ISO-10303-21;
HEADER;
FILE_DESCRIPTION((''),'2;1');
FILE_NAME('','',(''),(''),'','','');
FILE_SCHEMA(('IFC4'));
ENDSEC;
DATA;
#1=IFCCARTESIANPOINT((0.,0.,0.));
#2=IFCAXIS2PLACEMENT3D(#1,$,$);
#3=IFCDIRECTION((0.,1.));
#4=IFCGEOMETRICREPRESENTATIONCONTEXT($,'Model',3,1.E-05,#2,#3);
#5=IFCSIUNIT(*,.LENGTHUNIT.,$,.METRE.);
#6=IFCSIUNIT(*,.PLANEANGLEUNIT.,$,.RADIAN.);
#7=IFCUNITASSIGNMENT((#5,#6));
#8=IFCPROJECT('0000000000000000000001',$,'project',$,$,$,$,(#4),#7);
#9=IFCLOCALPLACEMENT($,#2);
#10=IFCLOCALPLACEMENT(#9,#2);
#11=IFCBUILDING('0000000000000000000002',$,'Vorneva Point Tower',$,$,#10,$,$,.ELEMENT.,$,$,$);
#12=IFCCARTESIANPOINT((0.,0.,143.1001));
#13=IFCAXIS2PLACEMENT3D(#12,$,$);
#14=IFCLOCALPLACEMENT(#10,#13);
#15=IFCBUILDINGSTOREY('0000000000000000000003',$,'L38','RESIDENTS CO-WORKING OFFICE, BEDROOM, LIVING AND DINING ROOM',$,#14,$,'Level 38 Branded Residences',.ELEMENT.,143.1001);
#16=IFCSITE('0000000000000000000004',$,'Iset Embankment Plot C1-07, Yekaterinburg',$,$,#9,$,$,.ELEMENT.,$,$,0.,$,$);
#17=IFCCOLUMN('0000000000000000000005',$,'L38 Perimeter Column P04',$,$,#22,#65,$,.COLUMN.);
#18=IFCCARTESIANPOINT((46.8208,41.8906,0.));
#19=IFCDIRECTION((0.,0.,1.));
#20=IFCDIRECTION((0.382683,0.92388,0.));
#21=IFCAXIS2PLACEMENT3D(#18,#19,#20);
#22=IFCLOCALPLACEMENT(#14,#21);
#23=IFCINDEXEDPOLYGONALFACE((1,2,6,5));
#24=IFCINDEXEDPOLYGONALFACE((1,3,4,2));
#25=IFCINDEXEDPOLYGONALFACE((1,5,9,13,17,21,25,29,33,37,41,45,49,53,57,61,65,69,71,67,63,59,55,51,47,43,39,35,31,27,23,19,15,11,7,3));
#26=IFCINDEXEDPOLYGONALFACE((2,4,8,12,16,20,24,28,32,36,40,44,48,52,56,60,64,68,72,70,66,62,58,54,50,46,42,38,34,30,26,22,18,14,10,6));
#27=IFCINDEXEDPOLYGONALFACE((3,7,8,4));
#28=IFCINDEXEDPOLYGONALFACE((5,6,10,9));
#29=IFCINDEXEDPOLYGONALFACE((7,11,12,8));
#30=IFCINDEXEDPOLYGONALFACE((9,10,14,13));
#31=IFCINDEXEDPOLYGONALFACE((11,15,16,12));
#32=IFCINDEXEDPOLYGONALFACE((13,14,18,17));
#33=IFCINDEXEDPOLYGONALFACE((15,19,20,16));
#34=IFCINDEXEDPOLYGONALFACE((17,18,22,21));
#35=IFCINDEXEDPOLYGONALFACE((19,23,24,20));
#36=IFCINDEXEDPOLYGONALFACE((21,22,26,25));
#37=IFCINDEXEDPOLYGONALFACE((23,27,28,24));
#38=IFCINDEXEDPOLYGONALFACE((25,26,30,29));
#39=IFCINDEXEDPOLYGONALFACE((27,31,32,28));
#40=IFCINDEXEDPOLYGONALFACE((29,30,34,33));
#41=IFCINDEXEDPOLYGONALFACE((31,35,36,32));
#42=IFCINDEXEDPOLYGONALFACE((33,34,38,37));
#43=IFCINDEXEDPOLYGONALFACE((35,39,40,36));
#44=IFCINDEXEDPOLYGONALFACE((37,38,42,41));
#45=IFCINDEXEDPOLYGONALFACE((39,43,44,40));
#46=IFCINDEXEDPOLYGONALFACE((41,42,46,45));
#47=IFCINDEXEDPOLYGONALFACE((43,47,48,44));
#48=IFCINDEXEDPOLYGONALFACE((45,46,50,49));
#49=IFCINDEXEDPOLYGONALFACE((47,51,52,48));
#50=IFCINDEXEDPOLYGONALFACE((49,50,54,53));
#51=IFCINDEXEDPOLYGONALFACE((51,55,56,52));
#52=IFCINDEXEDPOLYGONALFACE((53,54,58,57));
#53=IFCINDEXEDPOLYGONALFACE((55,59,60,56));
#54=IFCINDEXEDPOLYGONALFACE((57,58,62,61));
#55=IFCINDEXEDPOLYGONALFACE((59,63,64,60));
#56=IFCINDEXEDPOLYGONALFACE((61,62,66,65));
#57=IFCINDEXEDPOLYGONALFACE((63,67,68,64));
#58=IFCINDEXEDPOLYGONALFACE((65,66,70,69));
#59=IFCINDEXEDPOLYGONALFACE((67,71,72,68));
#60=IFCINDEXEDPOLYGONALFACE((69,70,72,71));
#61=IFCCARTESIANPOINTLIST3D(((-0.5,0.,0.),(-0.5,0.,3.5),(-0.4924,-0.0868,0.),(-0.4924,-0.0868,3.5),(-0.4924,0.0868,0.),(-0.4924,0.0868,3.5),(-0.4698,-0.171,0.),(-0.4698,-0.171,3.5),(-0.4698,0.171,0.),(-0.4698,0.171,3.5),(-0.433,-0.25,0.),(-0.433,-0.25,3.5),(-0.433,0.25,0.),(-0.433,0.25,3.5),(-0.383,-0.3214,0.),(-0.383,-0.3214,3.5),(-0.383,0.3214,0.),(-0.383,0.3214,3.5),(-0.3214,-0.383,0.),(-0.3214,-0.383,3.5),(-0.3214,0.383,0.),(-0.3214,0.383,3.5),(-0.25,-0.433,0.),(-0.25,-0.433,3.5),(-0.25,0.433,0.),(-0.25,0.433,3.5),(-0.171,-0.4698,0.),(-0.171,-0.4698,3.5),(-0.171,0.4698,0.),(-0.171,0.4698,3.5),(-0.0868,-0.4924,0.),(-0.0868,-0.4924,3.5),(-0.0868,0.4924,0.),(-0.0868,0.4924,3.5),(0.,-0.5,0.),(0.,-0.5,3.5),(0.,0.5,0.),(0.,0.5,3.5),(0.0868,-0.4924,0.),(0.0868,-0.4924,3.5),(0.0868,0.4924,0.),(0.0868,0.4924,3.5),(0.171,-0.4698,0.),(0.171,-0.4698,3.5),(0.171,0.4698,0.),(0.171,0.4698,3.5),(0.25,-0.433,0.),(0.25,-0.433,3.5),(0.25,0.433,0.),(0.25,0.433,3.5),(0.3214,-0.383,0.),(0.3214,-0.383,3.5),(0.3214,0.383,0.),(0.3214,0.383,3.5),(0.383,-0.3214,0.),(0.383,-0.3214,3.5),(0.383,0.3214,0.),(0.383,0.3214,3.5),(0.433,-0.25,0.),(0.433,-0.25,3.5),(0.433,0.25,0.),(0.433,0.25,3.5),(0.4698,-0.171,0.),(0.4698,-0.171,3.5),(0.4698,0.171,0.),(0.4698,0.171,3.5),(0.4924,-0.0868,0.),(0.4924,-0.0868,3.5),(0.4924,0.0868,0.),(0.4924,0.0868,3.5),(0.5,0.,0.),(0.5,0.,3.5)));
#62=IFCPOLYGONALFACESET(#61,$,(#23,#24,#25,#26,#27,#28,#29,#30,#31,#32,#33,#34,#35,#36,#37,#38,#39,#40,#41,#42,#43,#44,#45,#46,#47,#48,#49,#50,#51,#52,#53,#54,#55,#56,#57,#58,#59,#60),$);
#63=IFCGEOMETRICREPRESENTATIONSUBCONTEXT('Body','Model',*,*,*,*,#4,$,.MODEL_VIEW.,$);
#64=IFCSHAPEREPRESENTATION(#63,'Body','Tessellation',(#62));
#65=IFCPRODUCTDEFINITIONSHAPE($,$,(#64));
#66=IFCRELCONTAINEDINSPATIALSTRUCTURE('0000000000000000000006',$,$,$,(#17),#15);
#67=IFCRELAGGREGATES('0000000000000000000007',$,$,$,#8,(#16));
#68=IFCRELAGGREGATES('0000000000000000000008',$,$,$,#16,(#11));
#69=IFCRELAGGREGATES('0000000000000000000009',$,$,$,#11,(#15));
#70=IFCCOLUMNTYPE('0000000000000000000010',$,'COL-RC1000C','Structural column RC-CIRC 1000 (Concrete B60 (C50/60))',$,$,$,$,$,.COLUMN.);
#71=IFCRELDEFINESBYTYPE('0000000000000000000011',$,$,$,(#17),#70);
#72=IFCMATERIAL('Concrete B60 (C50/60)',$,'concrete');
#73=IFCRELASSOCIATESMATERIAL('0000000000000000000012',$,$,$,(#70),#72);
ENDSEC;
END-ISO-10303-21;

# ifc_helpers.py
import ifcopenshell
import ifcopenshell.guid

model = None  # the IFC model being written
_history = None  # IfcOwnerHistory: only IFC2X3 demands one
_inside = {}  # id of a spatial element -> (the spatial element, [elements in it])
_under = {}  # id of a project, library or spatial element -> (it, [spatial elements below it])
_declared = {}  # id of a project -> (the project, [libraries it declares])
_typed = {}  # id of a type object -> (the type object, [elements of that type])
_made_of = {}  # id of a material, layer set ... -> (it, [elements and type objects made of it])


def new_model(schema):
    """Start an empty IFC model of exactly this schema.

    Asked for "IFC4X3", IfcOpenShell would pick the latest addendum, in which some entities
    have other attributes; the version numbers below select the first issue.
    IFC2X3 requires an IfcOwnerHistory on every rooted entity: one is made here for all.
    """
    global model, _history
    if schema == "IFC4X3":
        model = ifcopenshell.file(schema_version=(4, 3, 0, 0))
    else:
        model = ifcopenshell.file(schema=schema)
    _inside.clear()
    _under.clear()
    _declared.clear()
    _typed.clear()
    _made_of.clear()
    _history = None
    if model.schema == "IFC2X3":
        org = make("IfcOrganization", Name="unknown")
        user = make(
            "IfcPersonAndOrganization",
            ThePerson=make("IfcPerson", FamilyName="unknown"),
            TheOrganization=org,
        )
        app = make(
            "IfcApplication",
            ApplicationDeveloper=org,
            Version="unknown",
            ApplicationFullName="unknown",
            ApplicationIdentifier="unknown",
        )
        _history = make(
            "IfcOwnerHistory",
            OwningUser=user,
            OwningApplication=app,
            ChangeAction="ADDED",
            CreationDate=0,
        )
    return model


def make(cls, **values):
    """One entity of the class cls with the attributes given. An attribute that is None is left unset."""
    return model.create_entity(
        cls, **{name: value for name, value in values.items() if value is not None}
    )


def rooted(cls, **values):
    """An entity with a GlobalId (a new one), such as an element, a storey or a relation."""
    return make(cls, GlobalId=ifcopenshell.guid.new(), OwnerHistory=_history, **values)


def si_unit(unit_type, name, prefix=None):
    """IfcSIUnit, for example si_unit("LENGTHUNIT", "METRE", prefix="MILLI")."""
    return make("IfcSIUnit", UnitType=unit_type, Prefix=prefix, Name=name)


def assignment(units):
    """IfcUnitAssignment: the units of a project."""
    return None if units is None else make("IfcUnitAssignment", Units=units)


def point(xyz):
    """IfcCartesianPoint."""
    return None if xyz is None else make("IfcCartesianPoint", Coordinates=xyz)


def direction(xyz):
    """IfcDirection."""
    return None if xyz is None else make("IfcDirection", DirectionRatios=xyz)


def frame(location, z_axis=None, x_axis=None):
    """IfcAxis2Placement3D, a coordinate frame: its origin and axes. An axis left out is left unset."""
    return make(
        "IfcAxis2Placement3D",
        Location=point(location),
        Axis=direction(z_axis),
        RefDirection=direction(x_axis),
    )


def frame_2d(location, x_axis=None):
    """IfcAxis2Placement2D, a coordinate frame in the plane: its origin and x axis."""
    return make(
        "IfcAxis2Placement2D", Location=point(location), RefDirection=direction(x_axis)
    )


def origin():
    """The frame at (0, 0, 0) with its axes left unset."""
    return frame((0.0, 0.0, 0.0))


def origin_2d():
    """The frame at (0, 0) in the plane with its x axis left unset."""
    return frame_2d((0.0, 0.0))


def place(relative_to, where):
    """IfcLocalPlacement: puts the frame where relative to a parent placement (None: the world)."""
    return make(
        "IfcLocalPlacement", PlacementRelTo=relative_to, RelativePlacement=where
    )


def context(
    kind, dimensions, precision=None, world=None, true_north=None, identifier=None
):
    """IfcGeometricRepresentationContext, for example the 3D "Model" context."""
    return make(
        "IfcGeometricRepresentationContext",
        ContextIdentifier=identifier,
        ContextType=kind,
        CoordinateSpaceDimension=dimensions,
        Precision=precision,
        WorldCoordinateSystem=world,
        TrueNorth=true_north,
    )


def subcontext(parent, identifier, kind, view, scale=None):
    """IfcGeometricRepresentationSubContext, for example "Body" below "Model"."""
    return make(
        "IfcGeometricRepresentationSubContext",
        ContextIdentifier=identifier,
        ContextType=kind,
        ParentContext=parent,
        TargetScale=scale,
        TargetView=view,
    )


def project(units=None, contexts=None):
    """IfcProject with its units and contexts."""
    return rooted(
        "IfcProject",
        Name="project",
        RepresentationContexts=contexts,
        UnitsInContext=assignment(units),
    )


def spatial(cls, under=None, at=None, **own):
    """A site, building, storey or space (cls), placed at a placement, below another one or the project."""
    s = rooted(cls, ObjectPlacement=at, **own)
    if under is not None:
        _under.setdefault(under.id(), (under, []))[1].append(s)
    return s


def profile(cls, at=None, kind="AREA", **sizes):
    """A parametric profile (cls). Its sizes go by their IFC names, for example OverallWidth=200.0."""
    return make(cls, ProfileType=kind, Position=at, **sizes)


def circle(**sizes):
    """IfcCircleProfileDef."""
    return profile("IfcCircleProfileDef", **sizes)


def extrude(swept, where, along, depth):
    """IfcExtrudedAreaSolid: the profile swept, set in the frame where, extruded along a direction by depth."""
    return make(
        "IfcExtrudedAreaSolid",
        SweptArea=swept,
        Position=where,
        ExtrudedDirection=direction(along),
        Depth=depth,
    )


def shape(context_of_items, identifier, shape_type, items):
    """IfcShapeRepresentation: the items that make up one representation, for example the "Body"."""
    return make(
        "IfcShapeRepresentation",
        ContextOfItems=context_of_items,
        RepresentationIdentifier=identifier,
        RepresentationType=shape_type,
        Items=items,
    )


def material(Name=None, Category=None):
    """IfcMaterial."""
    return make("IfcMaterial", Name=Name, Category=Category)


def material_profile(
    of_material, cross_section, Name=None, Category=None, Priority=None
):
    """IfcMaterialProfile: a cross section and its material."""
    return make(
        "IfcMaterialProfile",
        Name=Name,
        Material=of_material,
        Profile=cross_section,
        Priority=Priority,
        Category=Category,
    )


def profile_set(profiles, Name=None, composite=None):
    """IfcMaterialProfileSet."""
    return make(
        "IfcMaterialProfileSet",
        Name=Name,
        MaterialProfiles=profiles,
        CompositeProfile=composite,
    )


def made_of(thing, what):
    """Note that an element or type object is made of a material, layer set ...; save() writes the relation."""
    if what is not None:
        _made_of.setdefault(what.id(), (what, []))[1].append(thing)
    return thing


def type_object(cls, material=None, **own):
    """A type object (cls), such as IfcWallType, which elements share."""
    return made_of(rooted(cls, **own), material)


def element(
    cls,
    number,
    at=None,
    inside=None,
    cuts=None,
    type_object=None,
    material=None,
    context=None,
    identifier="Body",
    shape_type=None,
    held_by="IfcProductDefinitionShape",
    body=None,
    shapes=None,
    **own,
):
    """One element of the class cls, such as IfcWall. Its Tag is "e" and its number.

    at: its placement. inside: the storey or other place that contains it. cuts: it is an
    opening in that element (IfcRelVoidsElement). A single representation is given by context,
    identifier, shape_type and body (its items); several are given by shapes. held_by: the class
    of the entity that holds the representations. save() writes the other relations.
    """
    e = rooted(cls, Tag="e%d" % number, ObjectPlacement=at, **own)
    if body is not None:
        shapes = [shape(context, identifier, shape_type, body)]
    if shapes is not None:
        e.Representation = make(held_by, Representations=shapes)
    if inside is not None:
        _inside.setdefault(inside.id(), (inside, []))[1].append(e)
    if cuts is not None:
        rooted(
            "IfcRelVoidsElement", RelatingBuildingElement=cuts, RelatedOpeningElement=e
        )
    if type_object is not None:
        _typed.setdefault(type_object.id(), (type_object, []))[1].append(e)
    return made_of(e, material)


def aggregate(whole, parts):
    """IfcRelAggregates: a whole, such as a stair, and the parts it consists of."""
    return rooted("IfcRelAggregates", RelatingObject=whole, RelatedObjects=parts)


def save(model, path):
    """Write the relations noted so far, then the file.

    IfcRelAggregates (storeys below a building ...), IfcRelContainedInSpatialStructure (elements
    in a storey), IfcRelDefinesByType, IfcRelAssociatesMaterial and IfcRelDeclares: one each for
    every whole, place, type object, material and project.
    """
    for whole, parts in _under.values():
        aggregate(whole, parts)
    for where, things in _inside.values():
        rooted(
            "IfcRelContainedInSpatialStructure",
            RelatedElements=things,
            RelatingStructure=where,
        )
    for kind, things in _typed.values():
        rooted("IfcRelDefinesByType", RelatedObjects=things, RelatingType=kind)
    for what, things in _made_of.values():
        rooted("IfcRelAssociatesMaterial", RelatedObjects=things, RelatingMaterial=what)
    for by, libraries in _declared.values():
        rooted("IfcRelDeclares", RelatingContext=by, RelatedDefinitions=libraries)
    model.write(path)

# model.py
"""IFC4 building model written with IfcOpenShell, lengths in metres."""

from ifc_helpers import new_model, si_unit, direction, frame, origin, origin_2d, place, context, subcontext, project, spatial, circle, extrude, material, material_profile, profile_set, type_object, element, save


model = new_model("IFC4")

# Units and contexts
model_context = context("Model", 3, precision=1e-05, world=origin(), true_north=direction((0.0, 1.0)))
body_context = subcontext(model_context, "Body", "Model", "MODEL_VIEW")
ifc_project = project(units=[si_unit("LENGTHUNIT", "METRE"), si_unit("PLANEANGLEUNIT", "RADIAN")], contexts=[model_context])

# Site, building, storey
site_placement = place(None, origin())
site = spatial("IfcSite", under=ifc_project, at=site_placement, Name="Iset Embankment Plot C1-07, Yekaterinburg", CompositionType="ELEMENT", RefElevation=0.0)
building_placement = place(site_placement, origin())
building = spatial("IfcBuilding", under=site, at=building_placement, Name="Vorneva Point Tower", CompositionType="ELEMENT")
storey_placement = place(building_placement, frame((0.0, 0.0, 143.1001)))
storey = spatial("IfcBuildingStorey", under=building, at=storey_placement, Name="L38", Description="RESIDENTS CO-WORKING OFFICE, BEDROOM, LIVING AND DINING ROOM", LongName="Level 38 Branded Residences", CompositionType="ELEMENT", Elevation=143.1001)

# Column
ifc_material_1 = material(Name="Concrete B60 (C50/60)", Category="concrete")
ifc_material_profile_1 = material_profile(ifc_material_1, circle(Radius=0.5, at=origin_2d()), Name="RC-CIRC 1000")
ifc_profile_set_1 = profile_set([ifc_material_profile_1], Name="Concrete B60 (C50/60)")
column_type = type_object("IfcColumnType", Name="COL-RC1000C", Description="Structural column RC-CIRC 1000 (Concrete B60 (C50/60))", PredefinedType="COLUMN", material=ifc_profile_set_1)
for number, where, z_axis, x_axis, name in (
    (1, (46.8208, 41.8906, 0.0), (0.0, 0.0, 1.0), (0.382683, 0.92388, 0.0), "L38 Perimeter Column P04"),
):
    element("IfcColumn", number, at=place(storey_placement, frame(where, z_axis=z_axis, x_axis=x_axis)), inside=storey, type_object=column_type, Name=name, PredefinedType="COLUMN", context=body_context, shape_type="SweptSolid", body=[
        extrude(circle(Radius=0.5, at=origin_2d()), origin(), (0.0, 0.0, 1.0), 3.5),
    ])

save(model, "model.ifc")
